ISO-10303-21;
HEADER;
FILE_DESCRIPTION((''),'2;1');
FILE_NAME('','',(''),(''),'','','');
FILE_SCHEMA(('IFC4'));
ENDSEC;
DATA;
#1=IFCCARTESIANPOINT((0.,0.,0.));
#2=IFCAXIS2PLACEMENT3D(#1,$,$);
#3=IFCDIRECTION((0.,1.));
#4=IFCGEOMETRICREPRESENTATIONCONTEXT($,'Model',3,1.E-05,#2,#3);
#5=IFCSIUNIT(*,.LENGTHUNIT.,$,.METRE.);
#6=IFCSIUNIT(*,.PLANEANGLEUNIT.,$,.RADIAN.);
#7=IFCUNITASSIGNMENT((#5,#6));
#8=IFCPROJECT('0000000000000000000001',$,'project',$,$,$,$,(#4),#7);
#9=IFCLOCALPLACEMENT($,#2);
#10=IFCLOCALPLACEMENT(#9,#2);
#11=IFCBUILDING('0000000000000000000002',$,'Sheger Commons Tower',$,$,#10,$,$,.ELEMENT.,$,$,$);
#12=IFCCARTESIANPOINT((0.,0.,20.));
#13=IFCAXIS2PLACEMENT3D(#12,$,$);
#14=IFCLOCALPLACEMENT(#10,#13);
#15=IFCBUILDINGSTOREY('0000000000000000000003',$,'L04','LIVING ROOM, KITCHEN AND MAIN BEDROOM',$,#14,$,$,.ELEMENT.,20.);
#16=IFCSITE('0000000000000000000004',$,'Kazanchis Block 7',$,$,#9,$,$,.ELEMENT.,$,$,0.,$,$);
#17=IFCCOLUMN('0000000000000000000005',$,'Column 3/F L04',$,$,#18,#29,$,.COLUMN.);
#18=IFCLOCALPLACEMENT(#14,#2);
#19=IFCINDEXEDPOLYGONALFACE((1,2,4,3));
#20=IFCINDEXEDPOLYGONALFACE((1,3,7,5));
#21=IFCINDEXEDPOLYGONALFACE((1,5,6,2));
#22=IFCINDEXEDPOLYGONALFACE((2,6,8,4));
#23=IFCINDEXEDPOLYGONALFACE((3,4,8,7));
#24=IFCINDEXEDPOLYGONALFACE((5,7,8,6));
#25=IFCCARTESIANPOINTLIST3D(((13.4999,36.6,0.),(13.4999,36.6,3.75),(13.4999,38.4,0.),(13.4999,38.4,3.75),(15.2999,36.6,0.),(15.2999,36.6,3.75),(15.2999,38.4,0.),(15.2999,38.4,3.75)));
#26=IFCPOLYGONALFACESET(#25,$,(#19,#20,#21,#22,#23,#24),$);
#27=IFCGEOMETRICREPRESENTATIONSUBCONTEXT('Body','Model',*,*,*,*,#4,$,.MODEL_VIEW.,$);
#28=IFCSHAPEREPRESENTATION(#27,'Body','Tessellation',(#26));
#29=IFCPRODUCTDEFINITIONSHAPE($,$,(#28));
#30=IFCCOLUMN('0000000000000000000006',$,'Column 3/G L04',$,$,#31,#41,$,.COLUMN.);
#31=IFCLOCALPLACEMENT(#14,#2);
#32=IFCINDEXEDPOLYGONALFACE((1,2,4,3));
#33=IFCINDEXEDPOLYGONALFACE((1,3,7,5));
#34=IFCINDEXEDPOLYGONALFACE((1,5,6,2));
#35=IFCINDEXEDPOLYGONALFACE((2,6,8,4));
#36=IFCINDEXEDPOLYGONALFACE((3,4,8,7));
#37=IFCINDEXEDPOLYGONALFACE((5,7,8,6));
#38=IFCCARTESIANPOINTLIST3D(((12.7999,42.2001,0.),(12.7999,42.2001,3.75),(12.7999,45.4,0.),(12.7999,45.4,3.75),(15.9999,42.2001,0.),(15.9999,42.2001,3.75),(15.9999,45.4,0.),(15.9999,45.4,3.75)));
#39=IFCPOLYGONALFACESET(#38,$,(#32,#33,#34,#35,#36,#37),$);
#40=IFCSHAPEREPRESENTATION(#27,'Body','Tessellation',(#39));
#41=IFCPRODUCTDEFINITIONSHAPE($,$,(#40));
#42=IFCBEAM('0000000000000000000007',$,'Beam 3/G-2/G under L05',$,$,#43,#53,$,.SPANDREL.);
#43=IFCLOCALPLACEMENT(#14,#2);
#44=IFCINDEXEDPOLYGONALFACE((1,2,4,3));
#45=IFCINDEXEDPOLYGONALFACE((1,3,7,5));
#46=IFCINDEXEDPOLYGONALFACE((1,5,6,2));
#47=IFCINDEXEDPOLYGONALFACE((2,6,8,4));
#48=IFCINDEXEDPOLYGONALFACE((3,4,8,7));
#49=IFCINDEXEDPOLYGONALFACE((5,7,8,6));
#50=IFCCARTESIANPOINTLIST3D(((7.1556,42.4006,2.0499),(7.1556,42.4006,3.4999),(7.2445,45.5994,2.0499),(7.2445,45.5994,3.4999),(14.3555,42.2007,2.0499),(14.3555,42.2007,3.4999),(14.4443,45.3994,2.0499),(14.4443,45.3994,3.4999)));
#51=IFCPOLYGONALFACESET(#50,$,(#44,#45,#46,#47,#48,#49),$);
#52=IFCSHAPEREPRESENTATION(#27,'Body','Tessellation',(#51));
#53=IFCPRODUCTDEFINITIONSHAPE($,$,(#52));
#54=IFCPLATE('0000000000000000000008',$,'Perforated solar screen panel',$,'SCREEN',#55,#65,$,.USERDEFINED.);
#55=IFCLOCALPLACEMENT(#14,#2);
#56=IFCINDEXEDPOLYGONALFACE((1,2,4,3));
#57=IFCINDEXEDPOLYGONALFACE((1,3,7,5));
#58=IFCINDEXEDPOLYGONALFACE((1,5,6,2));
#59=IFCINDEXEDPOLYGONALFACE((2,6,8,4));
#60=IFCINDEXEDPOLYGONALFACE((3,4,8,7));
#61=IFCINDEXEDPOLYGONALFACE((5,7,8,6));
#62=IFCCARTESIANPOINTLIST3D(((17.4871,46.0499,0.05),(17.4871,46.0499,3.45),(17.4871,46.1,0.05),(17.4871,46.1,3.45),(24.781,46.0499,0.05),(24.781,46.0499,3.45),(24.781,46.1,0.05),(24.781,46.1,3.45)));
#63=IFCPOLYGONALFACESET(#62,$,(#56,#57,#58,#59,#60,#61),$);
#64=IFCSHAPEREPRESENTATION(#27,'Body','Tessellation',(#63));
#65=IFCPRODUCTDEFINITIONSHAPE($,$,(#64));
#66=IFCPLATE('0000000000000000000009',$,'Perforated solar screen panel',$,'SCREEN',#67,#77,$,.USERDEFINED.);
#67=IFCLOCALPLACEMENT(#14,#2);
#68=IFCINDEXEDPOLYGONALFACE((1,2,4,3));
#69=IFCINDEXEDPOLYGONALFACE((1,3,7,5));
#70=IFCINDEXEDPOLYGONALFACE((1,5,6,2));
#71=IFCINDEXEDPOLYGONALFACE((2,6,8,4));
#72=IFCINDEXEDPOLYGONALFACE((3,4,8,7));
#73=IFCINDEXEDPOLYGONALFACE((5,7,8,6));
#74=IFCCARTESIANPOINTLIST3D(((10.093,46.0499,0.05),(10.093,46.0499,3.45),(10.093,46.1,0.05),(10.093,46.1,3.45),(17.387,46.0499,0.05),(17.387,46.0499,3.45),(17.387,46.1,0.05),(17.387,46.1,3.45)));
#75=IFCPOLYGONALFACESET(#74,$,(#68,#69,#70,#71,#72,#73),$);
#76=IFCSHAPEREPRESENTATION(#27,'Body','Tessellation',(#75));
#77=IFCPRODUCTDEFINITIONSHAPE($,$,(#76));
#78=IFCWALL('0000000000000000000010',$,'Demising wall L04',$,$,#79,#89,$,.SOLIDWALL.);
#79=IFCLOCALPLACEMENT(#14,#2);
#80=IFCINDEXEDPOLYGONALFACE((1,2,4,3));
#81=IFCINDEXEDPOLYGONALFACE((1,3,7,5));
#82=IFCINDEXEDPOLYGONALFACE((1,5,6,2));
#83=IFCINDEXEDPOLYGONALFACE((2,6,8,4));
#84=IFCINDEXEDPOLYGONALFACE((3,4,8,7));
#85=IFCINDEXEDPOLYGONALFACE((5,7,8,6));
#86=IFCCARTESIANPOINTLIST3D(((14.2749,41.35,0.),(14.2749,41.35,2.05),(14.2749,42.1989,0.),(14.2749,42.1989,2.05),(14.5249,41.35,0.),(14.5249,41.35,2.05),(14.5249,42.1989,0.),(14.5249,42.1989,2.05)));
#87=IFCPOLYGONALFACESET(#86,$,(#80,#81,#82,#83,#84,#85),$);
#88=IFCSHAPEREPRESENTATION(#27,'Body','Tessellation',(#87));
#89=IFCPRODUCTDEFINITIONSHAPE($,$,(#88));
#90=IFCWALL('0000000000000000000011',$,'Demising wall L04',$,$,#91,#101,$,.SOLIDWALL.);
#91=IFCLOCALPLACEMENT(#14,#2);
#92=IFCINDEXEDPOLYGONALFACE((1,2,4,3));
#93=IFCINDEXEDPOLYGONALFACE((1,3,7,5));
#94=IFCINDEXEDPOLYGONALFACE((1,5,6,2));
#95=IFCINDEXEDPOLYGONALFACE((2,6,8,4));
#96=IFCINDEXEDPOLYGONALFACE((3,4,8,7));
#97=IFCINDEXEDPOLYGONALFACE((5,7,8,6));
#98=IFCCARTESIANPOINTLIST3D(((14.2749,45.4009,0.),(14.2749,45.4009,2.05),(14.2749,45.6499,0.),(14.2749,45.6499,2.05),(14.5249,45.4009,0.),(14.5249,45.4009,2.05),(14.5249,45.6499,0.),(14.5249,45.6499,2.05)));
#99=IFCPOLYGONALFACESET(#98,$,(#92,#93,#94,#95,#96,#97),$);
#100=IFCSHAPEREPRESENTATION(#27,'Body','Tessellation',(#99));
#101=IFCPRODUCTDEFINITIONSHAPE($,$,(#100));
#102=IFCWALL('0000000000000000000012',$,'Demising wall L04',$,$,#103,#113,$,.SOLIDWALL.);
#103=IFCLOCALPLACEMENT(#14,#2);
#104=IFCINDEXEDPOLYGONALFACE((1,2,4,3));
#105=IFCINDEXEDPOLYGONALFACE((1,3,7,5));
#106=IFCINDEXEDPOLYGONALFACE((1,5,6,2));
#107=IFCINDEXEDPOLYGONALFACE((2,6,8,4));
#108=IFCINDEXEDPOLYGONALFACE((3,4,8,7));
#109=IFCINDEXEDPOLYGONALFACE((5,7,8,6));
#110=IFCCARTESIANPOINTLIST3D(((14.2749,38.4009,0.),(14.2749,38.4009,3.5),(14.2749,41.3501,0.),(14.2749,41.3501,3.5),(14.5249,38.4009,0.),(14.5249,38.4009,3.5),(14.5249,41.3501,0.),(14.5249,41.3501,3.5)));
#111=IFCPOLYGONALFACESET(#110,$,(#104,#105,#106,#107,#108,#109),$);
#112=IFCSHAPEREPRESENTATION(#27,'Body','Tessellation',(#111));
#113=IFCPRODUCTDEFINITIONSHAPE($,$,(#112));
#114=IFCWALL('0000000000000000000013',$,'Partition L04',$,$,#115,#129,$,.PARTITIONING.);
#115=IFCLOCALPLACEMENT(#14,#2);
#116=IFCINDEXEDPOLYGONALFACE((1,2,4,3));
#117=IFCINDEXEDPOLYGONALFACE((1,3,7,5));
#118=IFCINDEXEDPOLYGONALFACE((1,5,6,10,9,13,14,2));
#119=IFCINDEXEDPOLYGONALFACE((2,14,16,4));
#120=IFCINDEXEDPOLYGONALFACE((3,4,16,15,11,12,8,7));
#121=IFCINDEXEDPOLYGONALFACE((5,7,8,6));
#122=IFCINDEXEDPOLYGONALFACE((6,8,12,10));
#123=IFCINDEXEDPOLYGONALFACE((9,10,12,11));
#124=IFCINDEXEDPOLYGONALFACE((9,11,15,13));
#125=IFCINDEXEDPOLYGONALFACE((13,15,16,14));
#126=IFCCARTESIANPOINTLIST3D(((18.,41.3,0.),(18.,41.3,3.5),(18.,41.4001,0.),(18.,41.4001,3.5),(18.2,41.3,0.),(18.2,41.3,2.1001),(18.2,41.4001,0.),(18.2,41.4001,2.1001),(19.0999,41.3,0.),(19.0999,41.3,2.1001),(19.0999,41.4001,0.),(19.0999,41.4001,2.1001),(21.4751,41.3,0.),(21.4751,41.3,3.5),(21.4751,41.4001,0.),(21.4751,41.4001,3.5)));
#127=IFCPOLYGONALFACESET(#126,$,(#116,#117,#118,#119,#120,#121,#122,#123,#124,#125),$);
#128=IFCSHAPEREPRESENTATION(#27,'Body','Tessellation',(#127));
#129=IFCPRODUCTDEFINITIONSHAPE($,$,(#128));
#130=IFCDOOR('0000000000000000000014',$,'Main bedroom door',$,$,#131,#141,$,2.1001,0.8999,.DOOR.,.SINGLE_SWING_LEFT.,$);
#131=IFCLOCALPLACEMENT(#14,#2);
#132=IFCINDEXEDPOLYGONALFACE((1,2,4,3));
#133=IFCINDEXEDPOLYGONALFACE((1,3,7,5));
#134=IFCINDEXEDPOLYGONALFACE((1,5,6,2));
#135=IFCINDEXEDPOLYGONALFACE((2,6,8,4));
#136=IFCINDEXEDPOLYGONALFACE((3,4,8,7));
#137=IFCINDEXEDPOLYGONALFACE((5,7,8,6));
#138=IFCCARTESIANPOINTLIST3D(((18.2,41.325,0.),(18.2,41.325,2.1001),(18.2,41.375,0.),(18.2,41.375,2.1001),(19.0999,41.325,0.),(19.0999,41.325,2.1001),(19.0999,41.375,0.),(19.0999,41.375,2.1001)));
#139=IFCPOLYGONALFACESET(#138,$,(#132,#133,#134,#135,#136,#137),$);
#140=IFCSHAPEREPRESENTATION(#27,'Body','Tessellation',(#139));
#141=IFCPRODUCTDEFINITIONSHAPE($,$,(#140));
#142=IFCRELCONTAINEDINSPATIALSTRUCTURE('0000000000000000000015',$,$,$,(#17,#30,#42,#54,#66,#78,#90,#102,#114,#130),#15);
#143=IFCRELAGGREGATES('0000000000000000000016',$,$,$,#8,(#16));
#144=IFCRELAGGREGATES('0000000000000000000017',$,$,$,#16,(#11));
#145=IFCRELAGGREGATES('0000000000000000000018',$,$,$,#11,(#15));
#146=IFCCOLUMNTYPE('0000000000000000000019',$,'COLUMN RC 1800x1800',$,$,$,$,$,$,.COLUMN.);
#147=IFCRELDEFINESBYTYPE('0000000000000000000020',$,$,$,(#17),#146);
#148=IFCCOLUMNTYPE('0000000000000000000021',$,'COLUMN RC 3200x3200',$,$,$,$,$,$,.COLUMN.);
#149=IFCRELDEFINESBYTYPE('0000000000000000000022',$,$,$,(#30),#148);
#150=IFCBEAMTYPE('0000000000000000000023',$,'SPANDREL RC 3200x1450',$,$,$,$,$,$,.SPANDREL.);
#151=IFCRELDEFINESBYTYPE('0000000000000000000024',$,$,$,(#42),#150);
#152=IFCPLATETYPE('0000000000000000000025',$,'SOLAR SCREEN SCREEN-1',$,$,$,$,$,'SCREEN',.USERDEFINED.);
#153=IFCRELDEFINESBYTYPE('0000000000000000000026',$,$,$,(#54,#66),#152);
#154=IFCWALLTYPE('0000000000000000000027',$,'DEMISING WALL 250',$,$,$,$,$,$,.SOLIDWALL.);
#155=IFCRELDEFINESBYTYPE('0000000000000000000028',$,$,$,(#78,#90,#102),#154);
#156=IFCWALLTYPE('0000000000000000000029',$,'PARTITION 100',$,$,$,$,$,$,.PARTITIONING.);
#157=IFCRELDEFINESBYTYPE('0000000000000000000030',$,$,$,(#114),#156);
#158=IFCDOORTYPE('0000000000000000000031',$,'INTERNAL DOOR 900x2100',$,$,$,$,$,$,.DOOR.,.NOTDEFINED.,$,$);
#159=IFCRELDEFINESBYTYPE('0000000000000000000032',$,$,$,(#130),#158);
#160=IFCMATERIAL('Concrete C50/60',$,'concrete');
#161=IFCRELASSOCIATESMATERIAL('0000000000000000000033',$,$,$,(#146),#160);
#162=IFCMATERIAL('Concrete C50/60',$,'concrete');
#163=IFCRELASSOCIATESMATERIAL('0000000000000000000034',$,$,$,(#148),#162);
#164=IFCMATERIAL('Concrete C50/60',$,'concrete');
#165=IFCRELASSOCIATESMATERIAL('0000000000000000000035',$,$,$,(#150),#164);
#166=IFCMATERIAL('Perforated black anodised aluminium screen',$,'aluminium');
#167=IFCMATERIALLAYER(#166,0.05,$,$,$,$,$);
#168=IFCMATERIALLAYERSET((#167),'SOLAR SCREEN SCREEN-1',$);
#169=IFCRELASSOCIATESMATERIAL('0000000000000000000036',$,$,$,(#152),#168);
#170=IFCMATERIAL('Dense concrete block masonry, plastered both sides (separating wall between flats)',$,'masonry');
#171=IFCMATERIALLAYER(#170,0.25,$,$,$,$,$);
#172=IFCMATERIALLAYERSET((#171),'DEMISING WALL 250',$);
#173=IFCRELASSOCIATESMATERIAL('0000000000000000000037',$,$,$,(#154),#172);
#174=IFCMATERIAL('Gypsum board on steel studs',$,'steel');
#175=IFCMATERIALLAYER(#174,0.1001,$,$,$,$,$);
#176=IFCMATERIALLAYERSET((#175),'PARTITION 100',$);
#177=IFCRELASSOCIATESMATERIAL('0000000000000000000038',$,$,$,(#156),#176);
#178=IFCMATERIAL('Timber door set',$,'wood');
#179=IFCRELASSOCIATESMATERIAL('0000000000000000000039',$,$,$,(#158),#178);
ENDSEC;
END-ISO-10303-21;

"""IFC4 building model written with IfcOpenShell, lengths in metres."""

from ifc_helpers import new_model, si_unit, direction, frame, frame_2d, origin, origin_2d, place, context, subcontext, project, spatial, rectangle, extrude, material, layer, layer_set, material_profile, profile_set, type_object, element, fill, save


model = new_model("IFC4")

# Units and contexts
model_context = context("Model", 3, precision=1e-05, world=origin(), true_north=direction((0.0, 1.0)))
body_context = subcontext(model_context, "Body", "Model", "MODEL_VIEW")
ifc_project = project(units=[si_unit("LENGTHUNIT", "METRE"), si_unit("PLANEANGLEUNIT", "RADIAN")], contexts=[model_context])

# Site, building, storey
site_placement = place(None, origin())
site = spatial("IfcSite", under=ifc_project, at=site_placement, Name="Kazanchis Block 7", CompositionType="ELEMENT", RefElevation=0.0)
building_placement = place(site_placement, origin())
building = spatial("IfcBuilding", under=site, at=building_placement, Name="Sheger Commons Tower", CompositionType="ELEMENT")
storey_placement = place(building_placement, frame((0.0, 0.0, 20.0)))
storey = spatial("IfcBuildingStorey", under=building, at=storey_placement, Name="L04", Description="LIVING ROOM, KITCHEN AND MAIN BEDROOM", CompositionType="ELEMENT", Elevation=20.0)

# Columns
ifc_material_1 = material(Name="Concrete C50/60", Category="concrete")
ifc_material_profile_1 = material_profile(ifc_material_1, rectangle(XDim=1.8, YDim=1.8, at=origin_2d()), Name="RC 1800x1800")
ifc_profile_set_1 = profile_set([ifc_material_profile_1], Name="Concrete C50/60")
column_type_1 = type_object("IfcColumnType", Name="COLUMN RC 1800x1800", PredefinedType="COLUMN", material=ifc_profile_set_1)
column_1_placement = place(storey_placement, frame((14.3999, 37.5, 0.0), z_axis=(0.0, 0.0, 1.0), x_axis=(1.0, 0.0, 0.0)))
element("IfcColumn", 1, at=column_1_placement, inside=storey, type_object=column_type_1, Name="Column 3/F L04", PredefinedType="COLUMN", context=body_context, shape_type="SweptSolid", body=[
    extrude(rectangle(XDim=1.8, YDim=1.8, at=origin_2d()), origin(), (0.0, 0.0, 1.0), 3.75),
])
ifc_material_2 = material(Name="Concrete C50/60", Category="concrete")
ifc_material_profile_2 = material_profile(ifc_material_2, rectangle(XDim=3.2, YDim=3.2, at=origin_2d()), Name="RC 3200x3200")
ifc_profile_set_2 = profile_set([ifc_material_profile_2], Name="Concrete C50/60")
column_type_2 = type_object("IfcColumnType", Name="COLUMN RC 3200x3200", PredefinedType="COLUMN", material=ifc_profile_set_2)
column_2_placement = place(storey_placement, frame((14.3999, 43.8, 0.0), z_axis=(0.0, 0.0, 1.0), x_axis=(1.0, 0.0, 0.0)))
element("IfcColumn", 2, at=column_2_placement, inside=storey, type_object=column_type_2, Name="Column 3/G L04", PredefinedType="COLUMN", context=body_context, shape_type="SweptSolid", body=[
    extrude(rectangle(XDim=3.2, YDim=3.2, at=origin_2d()), origin(), (0.0, 0.0, 1.0), 3.75),
])

# Beam
ifc_material_3 = material(Name="Concrete C50/60", Category="concrete")
ifc_material_profile_3 = material_profile(ifc_material_3, rectangle(XDim=3.2, YDim=1.45, at=origin_2d()), Name="RC 3200x1450")
ifc_profile_set_3 = profile_set([ifc_material_profile_3], Name="Concrete C50/60")
beam_type = type_object("IfcBeamType", Name="SPANDREL RC 3200x1450", PredefinedType="SPANDREL", material=ifc_profile_set_3)
beam_placement = place(storey_placement, frame((14.3999, 43.8, 2.7749), z_axis=(-0.999615, 0.02776, 0.0), x_axis=(-0.02776, -0.999615, 0.0)))
element("IfcBeam", 3, at=beam_placement, inside=storey, type_object=beam_type, Name="Beam 3/G-2/G under L05", PredefinedType="SPANDREL", context=body_context, shape_type="SweptSolid", body=[
    extrude(rectangle(XDim=3.2, YDim=1.45, at=origin_2d()), origin(), (0.0, 0.0, 1.0), 7.2026),
])

# Plates
ifc_material_4 = material(Name="Perforated black anodised aluminium screen", Category="aluminium")
ifc_layer_1 = layer(ifc_material_4, 0.05)
ifc_layer_set_1 = layer_set([ifc_layer_1], Name="SOLAR SCREEN SCREEN-1")
plate_type = type_object("IfcPlateType", Name="SOLAR SCREEN SCREEN-1", ElementType="SCREEN", PredefinedType="USERDEFINED", material=ifc_layer_set_1)
for number, where, z_axis, x_axis, name in (
    (4, (21.134, 46.075, 0.05), (0.0, 0.0, 1.0), (-1.0, 0.0, 0.0), "Perforated solar screen panel"),
    (5, (13.74, 46.075, 0.05), (0.0, 0.0, 1.0), (-1.0, 0.0, 0.0), "Perforated solar screen panel"),
):
    element("IfcPlate", number, at=place(storey_placement, frame(where, z_axis=z_axis, x_axis=x_axis)), inside=storey, type_object=plate_type, Name=name, ObjectType="SCREEN", PredefinedType="USERDEFINED", context=body_context, shape_type="SweptSolid", body=[
        extrude(rectangle(XDim=7.2939, YDim=0.05, at=origin_2d()), origin(), (0.0, 0.0, 1.0), 3.3999),
    ])

# Walls
ifc_material_5 = material(Name="Dense concrete block masonry, plastered both sides (separating wall between flats)", Category="masonry")
ifc_layer_2 = layer(ifc_material_5, 0.25)
ifc_layer_set_2 = layer_set([ifc_layer_2], Name="DEMISING WALL 250")
wall_type_1 = type_object("IfcWallType", Name="DEMISING WALL 250", PredefinedType="SOLIDWALL", material=ifc_layer_set_2)
wall_1_placement = place(storey_placement, frame((14.3999, 41.3501, 0.0), z_axis=(0.0, 0.0, 1.0), x_axis=(0.0, 1.0, 0.0)))
element("IfcWall", 6, at=wall_1_placement, inside=storey, type_object=wall_type_1, Name="Demising wall L04", PredefinedType="SOLIDWALL", context=body_context, shape_type="SweptSolid", body=[
    extrude(rectangle(XDim=0.8489, YDim=0.25, at=frame_2d((0.4243, 0.0))), origin(), (0.0, 0.0, 1.0), 2.05),
])
wall_2_placement = place(storey_placement, frame((14.3999, 45.4009, 0.0), z_axis=(0.0, 0.0, 1.0), x_axis=(0.0, 1.0, 0.0)))
element("IfcWall", 7, at=wall_2_placement, inside=storey, type_object=wall_type_1, Name="Demising wall L04", PredefinedType="SOLIDWALL", context=body_context, shape_type="SweptSolid", body=[
    extrude(rectangle(XDim=0.249, YDim=0.25, at=frame_2d((0.1245, 0.0))), origin(), (0.0, 0.0, 1.0), 2.05),
])
wall_3_placement = place(storey_placement, frame((14.3999, 38.4009, 0.0), z_axis=(0.0, 0.0, 1.0), x_axis=(0.0, 1.0, 0.0)))
element("IfcWall", 8, at=wall_3_placement, inside=storey, type_object=wall_type_1, Name="Demising wall L04", PredefinedType="SOLIDWALL", context=body_context, shape_type="SweptSolid", body=[
    extrude(rectangle(XDim=2.9492, YDim=0.25, at=frame_2d((1.4746, 0.0))), origin(), (0.0, 0.0, 1.0), 3.5),
])

# Wall, opening, door
ifc_material_6 = material(Name="Gypsum board on steel studs", Category="steel")
ifc_layer_3 = layer(ifc_material_6, 0.1001)
ifc_layer_set_3 = layer_set([ifc_layer_3], Name="PARTITION 100")
wall_type_2 = type_object("IfcWallType", Name="PARTITION 100", PredefinedType="PARTITIONING", material=ifc_layer_set_3)
wall_4_placement = place(storey_placement, frame((18.0, 41.3501, 0.0), z_axis=(0.0, 0.0, 1.0), x_axis=(1.0, 0.0, 0.0)))
wall_4 = element("IfcWall", 9, at=wall_4_placement, inside=storey, type_object=wall_type_2, Name="Partition L04", PredefinedType="PARTITIONING", context=body_context, shape_type="SweptSolid", body=[
    extrude(rectangle(XDim=3.4751, YDim=0.1001, at=frame_2d((1.7375, 0.0))), origin(), (0.0, 0.0, 1.0), 3.5),
])
opening_1_placement = place(wall_4_placement, frame((0.2, 0.0, 0.0)))
opening_1 = element("IfcOpeningElement", 10, at=opening_1_placement, cuts=wall_4, PredefinedType="OPENING", context=body_context, shape_type="SweptSolid", body=[
    extrude(rectangle(XDim=0.8999, YDim=2.1001, at=frame_2d((0.45, 1.05))), frame((0.0, 0.0601, 0.0), z_axis=(0.0, -1.0, 0.0), x_axis=(1.0, 0.0, 0.0)), (0.0, 0.0, 1.0), 0.1201),
])
ifc_material_7 = material(Name="Timber door set", Category="wood")
door_type = type_object("IfcDoorType", Name="INTERNAL DOOR 900x2100", OperationType="NOTDEFINED", PredefinedType="DOOR", material=ifc_material_7)
door_1_placement = place(opening_1_placement, origin())
door_1 = element("IfcDoor", 11, at=door_1_placement, inside=storey, type_object=door_type, Name="Main bedroom door", OperationType="SINGLE_SWING_LEFT", OverallHeight=2.1001, OverallWidth=0.8999, PredefinedType="DOOR", context=body_context, shape_type="SweptSolid", body=[
    extrude(rectangle(XDim=0.8999, YDim=2.1001, at=frame_2d((0.45, 1.05))), frame((0.0, 0.0249, 0.0), z_axis=(0.0, -1.0, 0.0), x_axis=(1.0, 0.0, 0.0)), (0.0, 0.0, 1.0), 0.05),
])
fill(opening_1, door_1)

save(model, "model.ifc")
